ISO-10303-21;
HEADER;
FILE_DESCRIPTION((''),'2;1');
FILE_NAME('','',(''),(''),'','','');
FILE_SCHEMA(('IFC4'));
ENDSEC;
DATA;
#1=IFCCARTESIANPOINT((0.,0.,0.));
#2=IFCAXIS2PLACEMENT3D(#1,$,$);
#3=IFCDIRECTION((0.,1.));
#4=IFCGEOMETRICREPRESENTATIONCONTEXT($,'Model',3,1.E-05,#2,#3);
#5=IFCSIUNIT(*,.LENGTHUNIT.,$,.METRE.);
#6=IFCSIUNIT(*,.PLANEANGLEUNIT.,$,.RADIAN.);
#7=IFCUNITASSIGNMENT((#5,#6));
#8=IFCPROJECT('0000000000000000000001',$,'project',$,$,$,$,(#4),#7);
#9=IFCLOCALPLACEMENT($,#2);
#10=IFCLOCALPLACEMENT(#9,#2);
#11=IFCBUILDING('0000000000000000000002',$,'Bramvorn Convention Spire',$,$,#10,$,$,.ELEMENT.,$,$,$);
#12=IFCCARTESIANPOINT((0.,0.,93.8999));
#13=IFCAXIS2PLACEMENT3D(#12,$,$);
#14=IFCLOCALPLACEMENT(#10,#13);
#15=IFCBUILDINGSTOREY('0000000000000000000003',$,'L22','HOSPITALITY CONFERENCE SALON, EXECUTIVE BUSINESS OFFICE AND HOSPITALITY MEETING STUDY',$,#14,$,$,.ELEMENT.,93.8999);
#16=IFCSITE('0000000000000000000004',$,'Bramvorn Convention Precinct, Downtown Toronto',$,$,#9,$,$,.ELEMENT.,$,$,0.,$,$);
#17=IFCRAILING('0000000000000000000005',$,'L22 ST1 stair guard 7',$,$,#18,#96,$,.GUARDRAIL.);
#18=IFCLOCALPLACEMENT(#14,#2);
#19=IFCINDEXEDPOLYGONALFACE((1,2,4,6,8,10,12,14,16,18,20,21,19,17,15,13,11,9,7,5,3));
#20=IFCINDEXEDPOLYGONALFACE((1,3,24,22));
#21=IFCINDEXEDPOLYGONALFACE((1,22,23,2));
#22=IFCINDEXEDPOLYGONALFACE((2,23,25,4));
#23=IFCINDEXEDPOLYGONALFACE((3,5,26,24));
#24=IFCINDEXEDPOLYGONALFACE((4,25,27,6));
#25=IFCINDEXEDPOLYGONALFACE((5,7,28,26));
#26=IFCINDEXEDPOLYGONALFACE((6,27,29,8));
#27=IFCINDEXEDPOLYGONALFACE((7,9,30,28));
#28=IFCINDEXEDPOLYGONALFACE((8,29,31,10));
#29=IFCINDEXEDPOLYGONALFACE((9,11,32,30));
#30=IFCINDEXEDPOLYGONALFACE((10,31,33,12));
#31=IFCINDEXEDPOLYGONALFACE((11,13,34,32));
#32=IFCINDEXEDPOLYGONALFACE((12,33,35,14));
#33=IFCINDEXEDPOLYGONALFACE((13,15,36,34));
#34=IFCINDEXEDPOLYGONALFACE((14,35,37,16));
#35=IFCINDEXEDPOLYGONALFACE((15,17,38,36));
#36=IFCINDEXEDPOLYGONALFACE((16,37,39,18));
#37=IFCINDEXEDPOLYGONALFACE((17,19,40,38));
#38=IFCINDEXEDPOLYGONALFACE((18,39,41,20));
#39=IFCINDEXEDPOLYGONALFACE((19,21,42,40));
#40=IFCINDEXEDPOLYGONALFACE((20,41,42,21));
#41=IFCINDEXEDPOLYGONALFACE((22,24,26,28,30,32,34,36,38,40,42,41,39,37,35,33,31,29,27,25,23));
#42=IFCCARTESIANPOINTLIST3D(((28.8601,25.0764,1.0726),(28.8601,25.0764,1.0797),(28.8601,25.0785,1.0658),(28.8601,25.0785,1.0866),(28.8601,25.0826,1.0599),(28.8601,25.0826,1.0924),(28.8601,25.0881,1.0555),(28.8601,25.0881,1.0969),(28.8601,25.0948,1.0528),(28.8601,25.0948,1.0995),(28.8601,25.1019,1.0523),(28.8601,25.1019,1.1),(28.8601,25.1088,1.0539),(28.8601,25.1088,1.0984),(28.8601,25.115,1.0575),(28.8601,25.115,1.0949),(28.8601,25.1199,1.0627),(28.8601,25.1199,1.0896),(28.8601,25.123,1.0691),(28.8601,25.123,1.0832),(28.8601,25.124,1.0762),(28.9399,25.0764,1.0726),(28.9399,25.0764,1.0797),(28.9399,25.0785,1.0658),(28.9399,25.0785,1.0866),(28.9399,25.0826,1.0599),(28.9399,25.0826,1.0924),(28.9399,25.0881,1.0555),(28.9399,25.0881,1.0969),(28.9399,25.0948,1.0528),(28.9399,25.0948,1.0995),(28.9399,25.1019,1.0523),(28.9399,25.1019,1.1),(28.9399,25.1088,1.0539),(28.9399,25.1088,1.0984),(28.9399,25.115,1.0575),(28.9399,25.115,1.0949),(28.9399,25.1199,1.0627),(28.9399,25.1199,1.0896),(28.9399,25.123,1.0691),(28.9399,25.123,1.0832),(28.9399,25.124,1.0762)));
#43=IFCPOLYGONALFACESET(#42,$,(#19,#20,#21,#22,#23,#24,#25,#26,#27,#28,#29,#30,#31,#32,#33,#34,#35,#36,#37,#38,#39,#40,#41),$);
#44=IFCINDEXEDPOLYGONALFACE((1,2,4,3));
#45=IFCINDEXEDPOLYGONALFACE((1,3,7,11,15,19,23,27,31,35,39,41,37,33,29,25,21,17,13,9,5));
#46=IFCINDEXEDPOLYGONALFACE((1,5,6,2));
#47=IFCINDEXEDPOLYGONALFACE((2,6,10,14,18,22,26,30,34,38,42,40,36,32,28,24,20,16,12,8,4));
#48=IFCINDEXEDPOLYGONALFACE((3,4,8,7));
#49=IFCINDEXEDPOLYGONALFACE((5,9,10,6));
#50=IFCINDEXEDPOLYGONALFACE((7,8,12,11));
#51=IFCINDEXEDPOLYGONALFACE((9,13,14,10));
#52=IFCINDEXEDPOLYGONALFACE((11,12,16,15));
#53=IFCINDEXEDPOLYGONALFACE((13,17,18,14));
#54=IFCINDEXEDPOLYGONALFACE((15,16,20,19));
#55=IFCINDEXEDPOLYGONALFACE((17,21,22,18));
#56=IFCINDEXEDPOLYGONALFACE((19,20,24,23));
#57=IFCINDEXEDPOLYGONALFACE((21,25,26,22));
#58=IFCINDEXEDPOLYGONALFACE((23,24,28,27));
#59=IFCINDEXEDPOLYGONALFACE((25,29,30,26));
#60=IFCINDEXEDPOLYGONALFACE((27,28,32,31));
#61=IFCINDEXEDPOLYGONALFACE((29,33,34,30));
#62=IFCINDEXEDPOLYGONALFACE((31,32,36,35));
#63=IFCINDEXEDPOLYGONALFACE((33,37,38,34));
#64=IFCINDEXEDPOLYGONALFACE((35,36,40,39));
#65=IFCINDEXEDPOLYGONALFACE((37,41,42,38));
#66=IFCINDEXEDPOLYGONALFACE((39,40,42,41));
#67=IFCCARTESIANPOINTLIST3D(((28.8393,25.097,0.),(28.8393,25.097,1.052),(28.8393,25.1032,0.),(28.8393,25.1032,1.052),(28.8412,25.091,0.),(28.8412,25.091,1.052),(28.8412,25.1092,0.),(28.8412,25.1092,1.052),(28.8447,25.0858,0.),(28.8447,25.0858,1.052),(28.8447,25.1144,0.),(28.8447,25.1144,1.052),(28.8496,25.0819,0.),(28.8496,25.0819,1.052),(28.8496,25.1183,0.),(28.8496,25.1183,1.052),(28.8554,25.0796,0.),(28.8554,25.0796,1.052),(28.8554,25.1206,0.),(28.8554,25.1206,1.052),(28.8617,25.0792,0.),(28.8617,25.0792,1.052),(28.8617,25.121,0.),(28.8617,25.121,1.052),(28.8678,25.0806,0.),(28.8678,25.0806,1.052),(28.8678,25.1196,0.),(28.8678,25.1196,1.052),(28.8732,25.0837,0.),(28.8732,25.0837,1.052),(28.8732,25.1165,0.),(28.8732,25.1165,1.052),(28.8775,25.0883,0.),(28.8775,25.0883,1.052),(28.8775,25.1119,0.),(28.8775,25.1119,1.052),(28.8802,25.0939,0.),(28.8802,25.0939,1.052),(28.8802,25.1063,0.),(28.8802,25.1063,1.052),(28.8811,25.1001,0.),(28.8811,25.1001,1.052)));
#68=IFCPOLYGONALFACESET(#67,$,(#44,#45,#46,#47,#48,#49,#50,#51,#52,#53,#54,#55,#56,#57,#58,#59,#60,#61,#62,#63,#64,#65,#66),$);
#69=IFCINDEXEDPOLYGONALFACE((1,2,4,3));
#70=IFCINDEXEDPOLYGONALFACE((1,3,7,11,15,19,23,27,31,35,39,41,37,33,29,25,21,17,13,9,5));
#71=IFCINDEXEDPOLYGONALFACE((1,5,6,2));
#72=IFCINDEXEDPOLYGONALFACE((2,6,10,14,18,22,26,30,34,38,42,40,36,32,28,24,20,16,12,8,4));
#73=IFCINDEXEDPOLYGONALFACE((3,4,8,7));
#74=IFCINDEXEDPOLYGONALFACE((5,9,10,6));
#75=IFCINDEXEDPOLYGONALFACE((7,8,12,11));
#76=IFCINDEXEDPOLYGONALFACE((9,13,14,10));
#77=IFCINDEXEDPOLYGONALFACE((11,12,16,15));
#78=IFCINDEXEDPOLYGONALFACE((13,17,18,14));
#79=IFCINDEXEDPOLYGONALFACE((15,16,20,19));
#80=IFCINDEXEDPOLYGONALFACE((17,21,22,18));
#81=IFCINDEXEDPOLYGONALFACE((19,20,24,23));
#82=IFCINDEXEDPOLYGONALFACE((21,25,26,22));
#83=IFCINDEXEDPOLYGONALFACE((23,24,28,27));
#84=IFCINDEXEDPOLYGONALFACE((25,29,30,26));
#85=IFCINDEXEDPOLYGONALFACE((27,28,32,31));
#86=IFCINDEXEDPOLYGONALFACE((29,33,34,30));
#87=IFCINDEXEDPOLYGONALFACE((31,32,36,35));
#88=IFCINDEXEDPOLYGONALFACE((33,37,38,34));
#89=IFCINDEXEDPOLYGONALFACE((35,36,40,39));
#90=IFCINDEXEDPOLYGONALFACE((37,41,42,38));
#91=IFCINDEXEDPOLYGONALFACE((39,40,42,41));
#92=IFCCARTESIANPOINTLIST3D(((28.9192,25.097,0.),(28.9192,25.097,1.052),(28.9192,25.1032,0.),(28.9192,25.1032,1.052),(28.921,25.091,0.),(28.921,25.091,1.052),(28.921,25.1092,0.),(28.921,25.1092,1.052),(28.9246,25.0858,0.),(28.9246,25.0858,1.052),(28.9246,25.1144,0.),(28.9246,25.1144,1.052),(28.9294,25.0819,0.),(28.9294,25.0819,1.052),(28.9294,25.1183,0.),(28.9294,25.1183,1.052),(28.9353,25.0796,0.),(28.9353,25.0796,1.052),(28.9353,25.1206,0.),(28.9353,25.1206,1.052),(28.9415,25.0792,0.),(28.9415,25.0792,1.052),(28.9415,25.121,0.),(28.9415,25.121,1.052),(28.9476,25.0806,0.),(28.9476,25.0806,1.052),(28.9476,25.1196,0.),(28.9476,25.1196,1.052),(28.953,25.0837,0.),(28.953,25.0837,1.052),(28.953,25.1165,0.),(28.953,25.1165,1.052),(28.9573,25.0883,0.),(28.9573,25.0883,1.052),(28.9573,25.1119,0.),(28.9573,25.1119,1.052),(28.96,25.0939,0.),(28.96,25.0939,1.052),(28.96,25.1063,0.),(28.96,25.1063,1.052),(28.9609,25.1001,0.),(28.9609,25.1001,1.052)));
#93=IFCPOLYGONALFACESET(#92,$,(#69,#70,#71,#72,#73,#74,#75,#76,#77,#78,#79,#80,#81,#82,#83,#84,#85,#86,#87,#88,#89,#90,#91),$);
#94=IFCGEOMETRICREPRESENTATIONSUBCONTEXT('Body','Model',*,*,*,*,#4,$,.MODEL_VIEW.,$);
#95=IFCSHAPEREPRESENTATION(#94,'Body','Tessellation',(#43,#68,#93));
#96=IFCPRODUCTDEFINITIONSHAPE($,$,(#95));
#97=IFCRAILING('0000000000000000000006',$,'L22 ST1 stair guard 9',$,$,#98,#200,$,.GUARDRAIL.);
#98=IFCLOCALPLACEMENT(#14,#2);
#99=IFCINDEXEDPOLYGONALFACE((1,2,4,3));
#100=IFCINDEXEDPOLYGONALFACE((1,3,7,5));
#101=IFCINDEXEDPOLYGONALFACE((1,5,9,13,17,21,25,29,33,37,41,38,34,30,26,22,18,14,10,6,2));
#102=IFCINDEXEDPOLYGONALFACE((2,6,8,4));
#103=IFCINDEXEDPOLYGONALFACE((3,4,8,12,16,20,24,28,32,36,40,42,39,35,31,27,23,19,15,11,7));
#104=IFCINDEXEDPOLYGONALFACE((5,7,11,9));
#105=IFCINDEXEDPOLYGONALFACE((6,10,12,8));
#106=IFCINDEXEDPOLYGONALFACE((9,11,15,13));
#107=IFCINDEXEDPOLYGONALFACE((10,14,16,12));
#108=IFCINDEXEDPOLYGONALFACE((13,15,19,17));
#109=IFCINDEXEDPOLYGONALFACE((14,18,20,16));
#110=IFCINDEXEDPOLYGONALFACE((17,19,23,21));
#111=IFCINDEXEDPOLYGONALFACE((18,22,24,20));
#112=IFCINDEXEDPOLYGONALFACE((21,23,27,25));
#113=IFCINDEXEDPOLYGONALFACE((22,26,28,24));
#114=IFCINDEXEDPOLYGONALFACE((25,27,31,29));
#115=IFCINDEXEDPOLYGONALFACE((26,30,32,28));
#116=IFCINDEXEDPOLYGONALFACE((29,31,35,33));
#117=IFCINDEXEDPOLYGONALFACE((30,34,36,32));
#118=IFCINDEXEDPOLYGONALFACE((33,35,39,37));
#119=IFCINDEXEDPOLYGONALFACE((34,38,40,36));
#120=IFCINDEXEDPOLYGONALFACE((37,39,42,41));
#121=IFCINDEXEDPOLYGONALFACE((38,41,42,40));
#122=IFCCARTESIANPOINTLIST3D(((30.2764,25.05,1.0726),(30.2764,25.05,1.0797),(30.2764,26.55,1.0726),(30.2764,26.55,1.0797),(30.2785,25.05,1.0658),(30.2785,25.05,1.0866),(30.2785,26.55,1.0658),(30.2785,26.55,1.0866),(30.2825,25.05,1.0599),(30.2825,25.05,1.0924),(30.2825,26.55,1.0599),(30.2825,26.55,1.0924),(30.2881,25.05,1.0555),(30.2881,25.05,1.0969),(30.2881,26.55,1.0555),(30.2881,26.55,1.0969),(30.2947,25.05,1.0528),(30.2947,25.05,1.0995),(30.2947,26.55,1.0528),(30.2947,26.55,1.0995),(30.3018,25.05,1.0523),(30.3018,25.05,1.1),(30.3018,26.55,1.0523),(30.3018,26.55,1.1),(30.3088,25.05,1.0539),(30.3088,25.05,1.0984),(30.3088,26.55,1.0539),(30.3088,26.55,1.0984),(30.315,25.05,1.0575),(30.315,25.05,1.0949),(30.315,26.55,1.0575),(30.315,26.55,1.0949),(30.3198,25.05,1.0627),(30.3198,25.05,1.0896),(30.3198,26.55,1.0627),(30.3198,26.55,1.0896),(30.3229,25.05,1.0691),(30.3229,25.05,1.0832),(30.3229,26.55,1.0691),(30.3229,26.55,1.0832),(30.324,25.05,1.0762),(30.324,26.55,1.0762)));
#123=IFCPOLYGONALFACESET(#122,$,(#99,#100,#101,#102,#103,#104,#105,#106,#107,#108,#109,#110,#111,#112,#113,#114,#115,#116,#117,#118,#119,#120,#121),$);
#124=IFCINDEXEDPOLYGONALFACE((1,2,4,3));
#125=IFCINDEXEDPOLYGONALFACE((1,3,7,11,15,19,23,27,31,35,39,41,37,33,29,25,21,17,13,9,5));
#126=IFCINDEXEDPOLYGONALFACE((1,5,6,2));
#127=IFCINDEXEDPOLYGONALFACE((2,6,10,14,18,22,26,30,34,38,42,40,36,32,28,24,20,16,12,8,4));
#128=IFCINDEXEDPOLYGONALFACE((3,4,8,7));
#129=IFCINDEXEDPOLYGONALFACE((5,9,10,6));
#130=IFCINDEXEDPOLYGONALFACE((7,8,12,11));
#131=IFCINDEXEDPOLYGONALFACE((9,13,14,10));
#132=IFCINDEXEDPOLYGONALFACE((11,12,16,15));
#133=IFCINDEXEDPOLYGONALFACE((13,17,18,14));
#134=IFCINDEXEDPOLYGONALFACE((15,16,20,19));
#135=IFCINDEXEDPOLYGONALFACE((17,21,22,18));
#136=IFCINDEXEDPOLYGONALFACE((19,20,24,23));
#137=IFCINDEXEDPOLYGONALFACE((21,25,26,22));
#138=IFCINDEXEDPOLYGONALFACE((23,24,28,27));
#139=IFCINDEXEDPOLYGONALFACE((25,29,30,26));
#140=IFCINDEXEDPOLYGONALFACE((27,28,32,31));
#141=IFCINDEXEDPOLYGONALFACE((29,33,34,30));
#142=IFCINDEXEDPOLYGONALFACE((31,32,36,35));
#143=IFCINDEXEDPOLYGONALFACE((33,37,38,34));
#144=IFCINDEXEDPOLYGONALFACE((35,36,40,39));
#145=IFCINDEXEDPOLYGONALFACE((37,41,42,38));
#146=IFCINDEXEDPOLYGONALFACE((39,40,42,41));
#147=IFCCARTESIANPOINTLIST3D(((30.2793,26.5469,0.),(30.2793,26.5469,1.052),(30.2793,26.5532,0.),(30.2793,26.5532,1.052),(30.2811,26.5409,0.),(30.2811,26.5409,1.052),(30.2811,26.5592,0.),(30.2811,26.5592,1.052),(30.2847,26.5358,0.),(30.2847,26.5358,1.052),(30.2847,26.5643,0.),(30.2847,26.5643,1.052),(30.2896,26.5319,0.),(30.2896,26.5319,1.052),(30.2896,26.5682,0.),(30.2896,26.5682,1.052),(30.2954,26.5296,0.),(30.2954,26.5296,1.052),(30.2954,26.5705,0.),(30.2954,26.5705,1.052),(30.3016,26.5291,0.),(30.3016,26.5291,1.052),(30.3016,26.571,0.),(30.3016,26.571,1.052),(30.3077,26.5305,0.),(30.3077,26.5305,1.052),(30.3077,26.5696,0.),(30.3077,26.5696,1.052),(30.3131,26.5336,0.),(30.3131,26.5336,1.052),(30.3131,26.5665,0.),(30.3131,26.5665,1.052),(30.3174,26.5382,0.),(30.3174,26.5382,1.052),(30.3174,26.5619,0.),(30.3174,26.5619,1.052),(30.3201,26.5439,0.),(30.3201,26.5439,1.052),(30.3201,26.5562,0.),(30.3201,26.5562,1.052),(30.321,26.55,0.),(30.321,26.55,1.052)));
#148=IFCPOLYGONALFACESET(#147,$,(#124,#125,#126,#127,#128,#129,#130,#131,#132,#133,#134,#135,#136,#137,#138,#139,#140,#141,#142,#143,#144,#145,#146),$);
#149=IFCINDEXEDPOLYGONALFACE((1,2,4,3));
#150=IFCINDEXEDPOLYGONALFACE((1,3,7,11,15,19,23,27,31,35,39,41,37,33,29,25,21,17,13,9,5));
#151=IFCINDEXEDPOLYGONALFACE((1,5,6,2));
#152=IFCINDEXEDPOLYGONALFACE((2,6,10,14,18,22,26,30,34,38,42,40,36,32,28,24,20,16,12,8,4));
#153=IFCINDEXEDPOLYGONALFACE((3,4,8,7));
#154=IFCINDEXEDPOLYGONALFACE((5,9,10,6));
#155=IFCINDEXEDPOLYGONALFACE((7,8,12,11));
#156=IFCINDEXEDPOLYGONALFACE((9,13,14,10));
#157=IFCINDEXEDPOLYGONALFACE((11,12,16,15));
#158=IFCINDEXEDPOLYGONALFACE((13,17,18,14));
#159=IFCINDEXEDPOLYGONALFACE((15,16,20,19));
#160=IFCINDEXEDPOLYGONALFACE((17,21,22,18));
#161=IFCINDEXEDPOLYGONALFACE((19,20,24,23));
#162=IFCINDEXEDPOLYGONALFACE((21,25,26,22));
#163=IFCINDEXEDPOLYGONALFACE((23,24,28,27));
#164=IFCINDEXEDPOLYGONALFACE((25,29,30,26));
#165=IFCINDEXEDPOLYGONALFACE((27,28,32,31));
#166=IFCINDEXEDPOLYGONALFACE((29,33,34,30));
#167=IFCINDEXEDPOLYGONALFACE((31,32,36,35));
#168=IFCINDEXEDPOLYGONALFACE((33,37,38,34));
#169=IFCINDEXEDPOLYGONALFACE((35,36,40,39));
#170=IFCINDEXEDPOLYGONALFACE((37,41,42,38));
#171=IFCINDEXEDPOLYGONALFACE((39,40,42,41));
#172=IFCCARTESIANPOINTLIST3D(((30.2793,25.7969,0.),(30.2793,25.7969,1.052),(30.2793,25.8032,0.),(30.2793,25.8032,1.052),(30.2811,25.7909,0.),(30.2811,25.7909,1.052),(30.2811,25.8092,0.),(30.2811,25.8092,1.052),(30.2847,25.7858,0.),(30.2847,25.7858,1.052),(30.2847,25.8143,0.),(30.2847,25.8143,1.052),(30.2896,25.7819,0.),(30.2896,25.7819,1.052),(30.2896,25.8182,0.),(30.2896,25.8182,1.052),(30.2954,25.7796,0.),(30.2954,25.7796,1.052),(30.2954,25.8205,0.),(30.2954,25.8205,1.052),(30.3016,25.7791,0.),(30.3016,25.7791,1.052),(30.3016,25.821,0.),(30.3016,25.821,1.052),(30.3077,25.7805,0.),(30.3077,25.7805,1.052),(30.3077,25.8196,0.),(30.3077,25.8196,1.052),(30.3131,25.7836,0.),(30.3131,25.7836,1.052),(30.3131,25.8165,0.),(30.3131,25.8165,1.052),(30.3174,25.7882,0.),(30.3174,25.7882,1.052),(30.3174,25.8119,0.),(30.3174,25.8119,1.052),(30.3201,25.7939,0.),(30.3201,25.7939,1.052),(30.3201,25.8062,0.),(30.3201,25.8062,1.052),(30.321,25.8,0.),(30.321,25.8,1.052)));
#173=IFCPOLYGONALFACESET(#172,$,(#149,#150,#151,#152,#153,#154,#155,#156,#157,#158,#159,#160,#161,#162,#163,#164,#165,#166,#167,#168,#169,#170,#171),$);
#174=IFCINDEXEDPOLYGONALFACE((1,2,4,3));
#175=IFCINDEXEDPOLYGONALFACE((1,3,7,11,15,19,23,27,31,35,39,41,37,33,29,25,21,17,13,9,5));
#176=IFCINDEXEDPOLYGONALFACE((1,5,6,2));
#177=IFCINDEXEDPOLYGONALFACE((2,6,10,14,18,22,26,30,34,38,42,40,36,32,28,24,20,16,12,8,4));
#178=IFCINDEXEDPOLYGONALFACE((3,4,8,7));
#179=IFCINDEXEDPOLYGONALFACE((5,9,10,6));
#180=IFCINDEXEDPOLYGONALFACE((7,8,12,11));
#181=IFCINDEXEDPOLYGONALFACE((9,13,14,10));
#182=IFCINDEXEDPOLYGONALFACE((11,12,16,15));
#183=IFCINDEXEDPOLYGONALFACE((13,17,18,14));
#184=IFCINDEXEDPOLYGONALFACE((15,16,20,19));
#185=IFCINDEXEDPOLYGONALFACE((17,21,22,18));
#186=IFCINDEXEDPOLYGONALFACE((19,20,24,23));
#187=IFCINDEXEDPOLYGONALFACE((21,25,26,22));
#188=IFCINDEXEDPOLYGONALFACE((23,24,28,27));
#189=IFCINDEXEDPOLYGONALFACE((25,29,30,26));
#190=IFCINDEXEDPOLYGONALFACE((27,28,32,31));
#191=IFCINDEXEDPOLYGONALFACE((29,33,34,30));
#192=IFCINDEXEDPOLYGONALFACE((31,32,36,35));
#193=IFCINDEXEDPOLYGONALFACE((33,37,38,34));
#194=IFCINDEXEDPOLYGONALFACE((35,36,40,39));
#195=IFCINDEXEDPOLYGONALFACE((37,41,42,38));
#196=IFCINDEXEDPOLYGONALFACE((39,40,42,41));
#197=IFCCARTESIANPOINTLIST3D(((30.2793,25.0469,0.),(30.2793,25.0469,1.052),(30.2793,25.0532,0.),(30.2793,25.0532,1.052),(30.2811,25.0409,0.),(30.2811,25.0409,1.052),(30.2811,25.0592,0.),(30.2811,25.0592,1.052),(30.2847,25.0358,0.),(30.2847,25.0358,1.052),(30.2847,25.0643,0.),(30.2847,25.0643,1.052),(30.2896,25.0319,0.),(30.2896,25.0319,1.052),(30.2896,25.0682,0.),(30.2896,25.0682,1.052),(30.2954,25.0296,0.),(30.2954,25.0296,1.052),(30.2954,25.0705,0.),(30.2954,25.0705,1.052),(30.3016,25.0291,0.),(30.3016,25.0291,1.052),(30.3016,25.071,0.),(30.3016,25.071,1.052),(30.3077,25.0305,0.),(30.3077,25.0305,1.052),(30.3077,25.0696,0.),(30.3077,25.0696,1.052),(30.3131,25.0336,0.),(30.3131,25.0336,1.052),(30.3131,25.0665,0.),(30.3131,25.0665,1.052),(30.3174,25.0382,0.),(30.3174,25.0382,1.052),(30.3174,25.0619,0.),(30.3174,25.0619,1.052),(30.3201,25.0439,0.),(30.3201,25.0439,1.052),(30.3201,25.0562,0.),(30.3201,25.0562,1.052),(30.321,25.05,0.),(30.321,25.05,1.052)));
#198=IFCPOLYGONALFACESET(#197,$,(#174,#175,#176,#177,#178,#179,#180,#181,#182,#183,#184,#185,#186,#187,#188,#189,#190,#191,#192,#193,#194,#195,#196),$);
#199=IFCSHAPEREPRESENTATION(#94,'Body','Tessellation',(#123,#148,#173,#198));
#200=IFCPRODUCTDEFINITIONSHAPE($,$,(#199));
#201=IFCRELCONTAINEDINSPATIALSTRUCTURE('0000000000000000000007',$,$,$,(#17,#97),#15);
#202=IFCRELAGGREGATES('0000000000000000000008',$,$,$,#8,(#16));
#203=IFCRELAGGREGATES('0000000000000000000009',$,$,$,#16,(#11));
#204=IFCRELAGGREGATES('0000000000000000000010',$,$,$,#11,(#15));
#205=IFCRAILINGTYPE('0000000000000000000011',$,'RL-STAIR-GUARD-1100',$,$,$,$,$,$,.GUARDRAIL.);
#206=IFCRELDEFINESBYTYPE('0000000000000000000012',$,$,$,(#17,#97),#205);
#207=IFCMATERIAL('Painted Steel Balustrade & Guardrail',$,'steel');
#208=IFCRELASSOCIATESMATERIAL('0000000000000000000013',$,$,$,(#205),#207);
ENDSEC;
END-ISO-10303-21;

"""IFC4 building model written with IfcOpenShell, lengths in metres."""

from ifc_helpers import new_model, si_unit, direction, frame, origin, origin_2d, place, context, subcontext, project, spatial, circle, extrude, material, type_object, element, save


model = new_model("IFC4")

# Units and contexts
model_context = context("Model", 3, precision=1e-05, world=origin(), true_north=direction((0.0, 1.0)))
body_context = subcontext(model_context, "Body", "Model", "MODEL_VIEW")
ifc_project = project(units=[si_unit("LENGTHUNIT", "METRE"), si_unit("PLANEANGLEUNIT", "RADIAN")], contexts=[model_context])

# Site, building, storey
site_placement = place(None, origin())
site = spatial("IfcSite", under=ifc_project, at=site_placement, Name="Bramvorn Convention Precinct, Downtown Toronto", CompositionType="ELEMENT", RefElevation=0.0)
building_placement = place(site_placement, origin())
building = spatial("IfcBuilding", under=site, at=building_placement, Name="Bramvorn Convention Spire", CompositionType="ELEMENT")
storey_placement = place(building_placement, frame((0.0, 0.0, 93.8999)))
storey = spatial("IfcBuildingStorey", under=building, at=storey_placement, Name="L22", Description="HOSPITALITY CONFERENCE SALON, EXECUTIVE BUSINESS OFFICE AND HOSPITALITY MEETING STUDY", CompositionType="ELEMENT", Elevation=93.8999)

# Railings
ifc_material_1 = material(Name="Painted Steel Balustrade & Guardrail", Category="steel")
railing_type_1 = type_object("IfcRailingType", Name="RL-STAIR-GUARD-1100", PredefinedType="GUARDRAIL", material=ifc_material_1)
railing_1_placement = place(storey_placement, frame((28.8601, 25.1001, 0.0)))
element("IfcRailing", 1, at=railing_1_placement, inside=storey, type_object=railing_type_1, Name="L22 ST1 stair guard 7", PredefinedType="GUARDRAIL", context=body_context, shape_type="SweptSolid", body=[
    extrude(circle(Radius=0.0239, at=origin_2d()), frame((0.0, 0.0, 1.0762), z_axis=(1.0, 0.0, 0.0), x_axis=(0.0, 1.0, 0.0)), (0.0, 0.0, 1.0), 0.0798),
    extrude(circle(Radius=0.021, at=origin_2d()), origin(), (0.0, 0.0, 1.0), 1.052),
    extrude(circle(Radius=0.021, at=origin_2d()), frame((0.0798, 0.0, 0.0)), (0.0, 0.0, 1.0), 1.052),
])
railing_2_placement = place(storey_placement, frame((30.3, 26.55, 0.0)))
element("IfcRailing", 2, at=railing_2_placement, inside=storey, type_object=railing_type_1, Name="L22 ST1 stair guard 9", PredefinedType="GUARDRAIL", context=body_context, shape_type="SweptSolid", body=[
    extrude(circle(Radius=0.0239, at=origin_2d()), frame((0.0, 0.0, 1.0762), z_axis=(0.0, -1.0, 0.0), x_axis=(1.0, 0.0, 0.0)), (0.0, 0.0, 1.0), 1.5),
    extrude(circle(Radius=0.021, at=origin_2d()), origin(), (0.0, 0.0, 1.0), 1.052),
    extrude(circle(Radius=0.021, at=origin_2d()), frame((0.0, -0.75, 0.0)), (0.0, 0.0, 1.0), 1.052),
    extrude(circle(Radius=0.021, at=origin_2d()), frame((0.0, -1.5, 0.0)), (0.0, 0.0, 1.0), 1.052),
])

save(model, "model.ifc")
